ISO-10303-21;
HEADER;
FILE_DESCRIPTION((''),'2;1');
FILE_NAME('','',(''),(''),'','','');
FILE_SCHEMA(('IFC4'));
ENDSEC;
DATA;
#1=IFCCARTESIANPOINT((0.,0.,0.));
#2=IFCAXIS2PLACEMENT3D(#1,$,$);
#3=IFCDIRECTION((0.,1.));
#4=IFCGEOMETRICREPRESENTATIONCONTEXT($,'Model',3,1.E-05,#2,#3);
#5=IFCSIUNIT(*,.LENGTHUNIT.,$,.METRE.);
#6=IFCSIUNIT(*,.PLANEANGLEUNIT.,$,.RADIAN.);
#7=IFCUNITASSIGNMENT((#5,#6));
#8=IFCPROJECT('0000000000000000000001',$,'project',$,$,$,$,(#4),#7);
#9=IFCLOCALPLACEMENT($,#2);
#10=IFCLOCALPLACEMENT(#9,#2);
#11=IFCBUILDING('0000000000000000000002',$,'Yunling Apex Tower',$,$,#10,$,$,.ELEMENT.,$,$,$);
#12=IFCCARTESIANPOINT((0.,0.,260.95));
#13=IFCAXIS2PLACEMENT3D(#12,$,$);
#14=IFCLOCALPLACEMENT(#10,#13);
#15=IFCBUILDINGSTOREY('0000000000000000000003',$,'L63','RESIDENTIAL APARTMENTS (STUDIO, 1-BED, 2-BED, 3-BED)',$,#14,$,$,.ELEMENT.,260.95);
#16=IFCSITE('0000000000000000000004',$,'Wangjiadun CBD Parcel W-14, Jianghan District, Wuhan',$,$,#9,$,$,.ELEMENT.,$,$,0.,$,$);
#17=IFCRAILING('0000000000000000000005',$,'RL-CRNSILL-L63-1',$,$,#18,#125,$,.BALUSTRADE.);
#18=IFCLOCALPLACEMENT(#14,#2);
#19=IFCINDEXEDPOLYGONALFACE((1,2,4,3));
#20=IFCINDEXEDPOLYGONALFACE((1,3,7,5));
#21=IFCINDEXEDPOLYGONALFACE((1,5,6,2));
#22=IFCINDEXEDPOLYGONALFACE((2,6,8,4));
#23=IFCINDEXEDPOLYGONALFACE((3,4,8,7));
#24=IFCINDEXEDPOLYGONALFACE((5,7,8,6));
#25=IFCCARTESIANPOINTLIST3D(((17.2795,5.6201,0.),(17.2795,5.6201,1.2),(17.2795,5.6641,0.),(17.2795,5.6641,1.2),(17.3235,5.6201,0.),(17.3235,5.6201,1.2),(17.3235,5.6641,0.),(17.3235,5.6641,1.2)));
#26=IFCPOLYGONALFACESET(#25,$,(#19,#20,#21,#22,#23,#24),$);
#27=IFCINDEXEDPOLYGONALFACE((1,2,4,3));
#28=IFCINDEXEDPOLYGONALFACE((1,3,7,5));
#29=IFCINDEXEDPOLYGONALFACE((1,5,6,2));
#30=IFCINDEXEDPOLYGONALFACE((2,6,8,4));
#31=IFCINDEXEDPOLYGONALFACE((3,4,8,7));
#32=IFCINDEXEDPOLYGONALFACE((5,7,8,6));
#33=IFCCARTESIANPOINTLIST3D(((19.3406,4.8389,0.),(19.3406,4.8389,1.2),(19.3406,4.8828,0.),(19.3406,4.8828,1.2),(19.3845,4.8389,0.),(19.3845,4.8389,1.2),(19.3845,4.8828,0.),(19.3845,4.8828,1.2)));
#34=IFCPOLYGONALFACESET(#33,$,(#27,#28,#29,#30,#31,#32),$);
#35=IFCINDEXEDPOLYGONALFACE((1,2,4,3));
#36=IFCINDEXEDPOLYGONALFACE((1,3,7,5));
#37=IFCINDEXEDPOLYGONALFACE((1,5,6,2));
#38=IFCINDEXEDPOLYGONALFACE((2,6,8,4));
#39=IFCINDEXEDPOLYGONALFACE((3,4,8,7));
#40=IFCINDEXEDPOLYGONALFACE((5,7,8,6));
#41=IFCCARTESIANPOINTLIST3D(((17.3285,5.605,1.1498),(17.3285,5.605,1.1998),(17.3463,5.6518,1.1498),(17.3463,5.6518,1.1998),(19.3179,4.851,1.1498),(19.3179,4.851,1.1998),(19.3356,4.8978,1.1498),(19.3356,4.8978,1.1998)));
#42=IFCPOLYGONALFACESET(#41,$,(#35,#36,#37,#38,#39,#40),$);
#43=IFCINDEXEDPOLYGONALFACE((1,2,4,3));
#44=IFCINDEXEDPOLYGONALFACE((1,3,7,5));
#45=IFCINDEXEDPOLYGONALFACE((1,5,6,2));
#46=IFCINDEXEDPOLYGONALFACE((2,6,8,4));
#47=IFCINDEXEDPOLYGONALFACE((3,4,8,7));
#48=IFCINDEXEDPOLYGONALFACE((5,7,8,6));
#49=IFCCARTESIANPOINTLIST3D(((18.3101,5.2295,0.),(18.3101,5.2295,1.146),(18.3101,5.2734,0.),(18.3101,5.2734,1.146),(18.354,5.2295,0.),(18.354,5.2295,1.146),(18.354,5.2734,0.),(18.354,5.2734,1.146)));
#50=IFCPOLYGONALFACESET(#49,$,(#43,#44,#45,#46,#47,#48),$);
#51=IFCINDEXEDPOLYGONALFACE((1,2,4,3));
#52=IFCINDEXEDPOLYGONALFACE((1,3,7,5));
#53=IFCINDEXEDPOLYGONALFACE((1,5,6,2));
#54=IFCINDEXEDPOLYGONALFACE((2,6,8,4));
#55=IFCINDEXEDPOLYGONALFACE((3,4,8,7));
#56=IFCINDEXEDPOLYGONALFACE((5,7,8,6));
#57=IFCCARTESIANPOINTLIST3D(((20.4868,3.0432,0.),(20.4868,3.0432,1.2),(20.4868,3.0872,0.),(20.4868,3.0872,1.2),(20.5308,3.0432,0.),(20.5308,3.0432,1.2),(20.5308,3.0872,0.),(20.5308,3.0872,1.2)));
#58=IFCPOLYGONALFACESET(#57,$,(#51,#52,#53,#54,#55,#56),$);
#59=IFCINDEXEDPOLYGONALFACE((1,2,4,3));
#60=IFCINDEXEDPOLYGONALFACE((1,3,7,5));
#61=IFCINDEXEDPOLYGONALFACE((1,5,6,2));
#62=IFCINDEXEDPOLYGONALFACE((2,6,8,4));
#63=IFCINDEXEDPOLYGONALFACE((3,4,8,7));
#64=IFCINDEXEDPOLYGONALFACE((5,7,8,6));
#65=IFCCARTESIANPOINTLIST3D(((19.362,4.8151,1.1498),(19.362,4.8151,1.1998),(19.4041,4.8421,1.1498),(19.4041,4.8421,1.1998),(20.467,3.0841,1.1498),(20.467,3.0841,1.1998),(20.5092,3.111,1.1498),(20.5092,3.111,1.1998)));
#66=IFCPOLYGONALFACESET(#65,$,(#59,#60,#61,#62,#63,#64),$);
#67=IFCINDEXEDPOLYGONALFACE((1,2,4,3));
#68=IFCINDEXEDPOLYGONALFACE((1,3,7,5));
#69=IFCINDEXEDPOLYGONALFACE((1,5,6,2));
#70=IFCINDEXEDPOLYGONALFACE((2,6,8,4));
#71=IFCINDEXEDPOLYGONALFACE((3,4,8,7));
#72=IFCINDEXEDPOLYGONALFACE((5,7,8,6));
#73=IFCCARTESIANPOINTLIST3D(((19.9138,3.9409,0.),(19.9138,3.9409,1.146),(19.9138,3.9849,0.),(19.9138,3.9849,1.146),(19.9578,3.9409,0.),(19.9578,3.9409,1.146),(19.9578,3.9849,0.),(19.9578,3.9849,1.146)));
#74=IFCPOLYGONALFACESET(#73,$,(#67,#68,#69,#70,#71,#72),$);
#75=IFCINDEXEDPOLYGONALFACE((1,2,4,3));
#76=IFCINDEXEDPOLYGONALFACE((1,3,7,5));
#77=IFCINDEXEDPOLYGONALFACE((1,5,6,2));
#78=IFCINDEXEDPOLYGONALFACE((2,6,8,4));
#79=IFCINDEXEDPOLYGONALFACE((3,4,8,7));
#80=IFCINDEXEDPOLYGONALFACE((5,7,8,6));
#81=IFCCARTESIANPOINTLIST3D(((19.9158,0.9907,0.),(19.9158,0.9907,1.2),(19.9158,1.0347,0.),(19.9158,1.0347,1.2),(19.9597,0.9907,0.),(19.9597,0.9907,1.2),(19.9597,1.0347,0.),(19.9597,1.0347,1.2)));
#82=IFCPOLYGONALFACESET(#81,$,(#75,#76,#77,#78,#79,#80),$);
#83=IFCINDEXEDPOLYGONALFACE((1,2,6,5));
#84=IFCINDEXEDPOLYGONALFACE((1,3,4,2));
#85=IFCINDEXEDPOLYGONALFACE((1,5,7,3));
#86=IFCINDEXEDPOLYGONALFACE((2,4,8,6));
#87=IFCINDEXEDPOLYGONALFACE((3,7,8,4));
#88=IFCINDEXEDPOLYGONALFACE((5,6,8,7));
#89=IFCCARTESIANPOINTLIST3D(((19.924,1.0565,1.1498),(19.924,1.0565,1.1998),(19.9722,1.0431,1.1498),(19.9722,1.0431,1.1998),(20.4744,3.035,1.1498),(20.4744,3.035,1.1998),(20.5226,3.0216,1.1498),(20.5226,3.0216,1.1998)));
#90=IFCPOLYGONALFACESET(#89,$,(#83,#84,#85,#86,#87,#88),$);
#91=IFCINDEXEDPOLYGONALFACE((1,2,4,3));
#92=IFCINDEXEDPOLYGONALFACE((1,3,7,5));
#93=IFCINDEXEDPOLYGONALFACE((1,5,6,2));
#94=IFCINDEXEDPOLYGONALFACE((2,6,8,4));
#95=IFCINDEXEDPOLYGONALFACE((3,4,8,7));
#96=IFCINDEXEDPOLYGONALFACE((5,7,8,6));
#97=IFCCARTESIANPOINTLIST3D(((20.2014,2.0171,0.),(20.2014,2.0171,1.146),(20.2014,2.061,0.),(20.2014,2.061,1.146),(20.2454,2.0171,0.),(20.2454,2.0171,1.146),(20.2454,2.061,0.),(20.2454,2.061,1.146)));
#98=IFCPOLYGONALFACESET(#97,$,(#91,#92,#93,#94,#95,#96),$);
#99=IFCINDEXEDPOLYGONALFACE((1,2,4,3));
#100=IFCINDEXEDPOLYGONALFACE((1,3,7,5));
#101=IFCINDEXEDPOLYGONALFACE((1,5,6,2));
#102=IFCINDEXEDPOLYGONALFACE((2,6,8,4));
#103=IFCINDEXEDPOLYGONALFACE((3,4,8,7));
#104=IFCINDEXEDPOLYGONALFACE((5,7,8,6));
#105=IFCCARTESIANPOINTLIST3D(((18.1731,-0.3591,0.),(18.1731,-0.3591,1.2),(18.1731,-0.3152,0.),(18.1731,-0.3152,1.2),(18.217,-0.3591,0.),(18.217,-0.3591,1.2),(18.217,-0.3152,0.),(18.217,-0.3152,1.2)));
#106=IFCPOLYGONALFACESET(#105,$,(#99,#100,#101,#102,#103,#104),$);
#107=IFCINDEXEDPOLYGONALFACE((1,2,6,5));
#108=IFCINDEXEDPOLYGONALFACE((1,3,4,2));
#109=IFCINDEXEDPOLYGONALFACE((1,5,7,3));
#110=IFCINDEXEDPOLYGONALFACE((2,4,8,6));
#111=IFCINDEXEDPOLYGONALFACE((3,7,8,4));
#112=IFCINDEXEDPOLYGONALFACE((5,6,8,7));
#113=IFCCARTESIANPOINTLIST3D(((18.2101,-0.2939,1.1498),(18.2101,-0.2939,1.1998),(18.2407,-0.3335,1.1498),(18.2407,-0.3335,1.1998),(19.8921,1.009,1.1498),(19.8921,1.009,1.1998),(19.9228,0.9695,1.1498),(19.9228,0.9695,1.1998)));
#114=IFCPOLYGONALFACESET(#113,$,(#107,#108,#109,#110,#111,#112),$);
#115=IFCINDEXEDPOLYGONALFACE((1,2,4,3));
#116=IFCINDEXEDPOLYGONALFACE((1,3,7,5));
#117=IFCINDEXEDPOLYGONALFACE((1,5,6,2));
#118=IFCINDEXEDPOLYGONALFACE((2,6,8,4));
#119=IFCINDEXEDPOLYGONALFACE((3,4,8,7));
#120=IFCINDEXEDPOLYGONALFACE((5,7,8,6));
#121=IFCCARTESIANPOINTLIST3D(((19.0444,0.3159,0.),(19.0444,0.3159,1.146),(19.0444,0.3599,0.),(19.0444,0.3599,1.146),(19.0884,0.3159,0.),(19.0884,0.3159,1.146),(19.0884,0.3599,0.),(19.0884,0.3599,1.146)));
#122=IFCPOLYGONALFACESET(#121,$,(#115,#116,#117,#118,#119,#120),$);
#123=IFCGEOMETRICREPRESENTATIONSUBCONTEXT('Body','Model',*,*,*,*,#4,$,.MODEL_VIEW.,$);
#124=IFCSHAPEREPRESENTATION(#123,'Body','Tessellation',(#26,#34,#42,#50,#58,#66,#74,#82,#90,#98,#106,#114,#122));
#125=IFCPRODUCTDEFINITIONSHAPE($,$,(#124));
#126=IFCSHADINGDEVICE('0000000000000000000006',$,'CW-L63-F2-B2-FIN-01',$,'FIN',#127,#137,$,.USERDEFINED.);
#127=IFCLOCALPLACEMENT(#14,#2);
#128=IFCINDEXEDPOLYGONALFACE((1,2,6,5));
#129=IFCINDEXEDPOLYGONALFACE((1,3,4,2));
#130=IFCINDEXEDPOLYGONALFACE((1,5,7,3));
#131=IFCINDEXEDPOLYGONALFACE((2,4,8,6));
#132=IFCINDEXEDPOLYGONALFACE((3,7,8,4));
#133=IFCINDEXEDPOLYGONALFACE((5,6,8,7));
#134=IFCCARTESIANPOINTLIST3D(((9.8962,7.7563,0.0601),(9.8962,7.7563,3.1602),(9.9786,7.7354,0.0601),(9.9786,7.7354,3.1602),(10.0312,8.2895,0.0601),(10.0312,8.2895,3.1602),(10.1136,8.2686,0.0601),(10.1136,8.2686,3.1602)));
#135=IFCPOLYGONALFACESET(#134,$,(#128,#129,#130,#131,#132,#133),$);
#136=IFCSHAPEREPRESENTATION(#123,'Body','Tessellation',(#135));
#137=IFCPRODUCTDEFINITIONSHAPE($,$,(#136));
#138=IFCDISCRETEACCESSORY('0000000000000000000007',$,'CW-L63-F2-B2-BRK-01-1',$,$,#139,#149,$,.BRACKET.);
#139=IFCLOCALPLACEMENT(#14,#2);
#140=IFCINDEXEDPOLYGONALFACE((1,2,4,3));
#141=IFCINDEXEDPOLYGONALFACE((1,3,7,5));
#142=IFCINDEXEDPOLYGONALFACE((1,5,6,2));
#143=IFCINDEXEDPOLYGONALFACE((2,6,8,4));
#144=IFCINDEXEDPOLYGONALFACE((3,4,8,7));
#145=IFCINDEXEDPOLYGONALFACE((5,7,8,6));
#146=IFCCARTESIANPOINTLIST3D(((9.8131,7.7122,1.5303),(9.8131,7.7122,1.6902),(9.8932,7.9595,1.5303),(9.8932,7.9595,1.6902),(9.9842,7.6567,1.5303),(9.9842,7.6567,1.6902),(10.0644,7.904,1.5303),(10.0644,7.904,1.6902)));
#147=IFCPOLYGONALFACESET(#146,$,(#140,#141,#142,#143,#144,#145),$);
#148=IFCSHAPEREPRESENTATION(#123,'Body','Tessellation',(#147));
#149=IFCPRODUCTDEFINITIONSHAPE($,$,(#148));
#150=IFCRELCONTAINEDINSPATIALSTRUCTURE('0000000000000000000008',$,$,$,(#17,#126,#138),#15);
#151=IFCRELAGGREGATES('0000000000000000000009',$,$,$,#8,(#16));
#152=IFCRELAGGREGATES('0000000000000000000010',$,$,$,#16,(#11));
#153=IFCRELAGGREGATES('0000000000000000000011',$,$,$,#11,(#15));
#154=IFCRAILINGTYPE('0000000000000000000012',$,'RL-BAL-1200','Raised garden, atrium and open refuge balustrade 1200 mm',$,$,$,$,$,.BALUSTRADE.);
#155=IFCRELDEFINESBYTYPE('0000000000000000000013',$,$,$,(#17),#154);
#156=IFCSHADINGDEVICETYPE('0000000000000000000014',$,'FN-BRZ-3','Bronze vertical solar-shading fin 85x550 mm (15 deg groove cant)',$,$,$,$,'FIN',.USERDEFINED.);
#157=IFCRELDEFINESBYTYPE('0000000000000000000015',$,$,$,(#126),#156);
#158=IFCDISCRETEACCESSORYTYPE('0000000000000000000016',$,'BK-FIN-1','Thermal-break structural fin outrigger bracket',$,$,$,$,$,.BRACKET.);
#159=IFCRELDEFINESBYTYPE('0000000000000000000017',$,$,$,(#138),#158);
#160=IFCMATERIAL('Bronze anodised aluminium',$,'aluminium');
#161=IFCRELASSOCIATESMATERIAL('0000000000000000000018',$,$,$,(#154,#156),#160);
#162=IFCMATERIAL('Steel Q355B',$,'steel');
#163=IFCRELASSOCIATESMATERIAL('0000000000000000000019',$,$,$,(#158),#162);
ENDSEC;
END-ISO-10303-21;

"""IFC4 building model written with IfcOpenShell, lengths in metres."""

from ifc_helpers import new_model, si_unit, direction, frame, origin, origin_2d, place, context, subcontext, project, spatial, rectangle, extrude, source, transform, mapped, material, material_profile, profile_set, type_object, element, save


model = new_model("IFC4")

# Units and contexts
model_context = context("Model", 3, precision=1e-05, world=origin(), true_north=direction((0.0, 1.0)))
body_context = subcontext(model_context, "Body", "Model", "MODEL_VIEW")
ifc_project = project(units=[si_unit("LENGTHUNIT", "METRE"), si_unit("PLANEANGLEUNIT", "RADIAN")], contexts=[model_context])

# Site, building, storey
site_placement = place(None, origin())
site = spatial("IfcSite", under=ifc_project, at=site_placement, Name="Wangjiadun CBD Parcel W-14, Jianghan District, Wuhan", CompositionType="ELEMENT", RefElevation=0.0)
building_placement = place(site_placement, origin())
building = spatial("IfcBuilding", under=site, at=building_placement, Name="Yunling Apex Tower", CompositionType="ELEMENT")
storey_placement = place(building_placement, frame((0.0, 0.0, 260.95)))
storey = spatial("IfcBuildingStorey", under=building, at=storey_placement, Name="L63", Description="RESIDENTIAL APARTMENTS (STUDIO, 1-BED, 2-BED, 3-BED)", CompositionType="ELEMENT", Elevation=260.95)

# Shared definitions
ifc_material_1 = material(Name="Steel Q355B", Category="steel")

# Shared definitions
ifc_material_2 = material(Name="Bronze anodised aluminium", Category="aluminium")

# Railing
railing_type = type_object("IfcRailingType", Name="RL-BAL-1200", Description="Raised garden, atrium and open refuge balustrade 1200 mm", PredefinedType="BALUSTRADE", material=ifc_material_2)
railing_placement = place(storey_placement, frame((17.3015, 5.6421, 0.0)))
element("IfcRailing", 1, at=railing_placement, inside=storey, type_object=railing_type, Name="RL-CRNSILL-L63-1", PredefinedType="BALUSTRADE", context=body_context, shape_type="SweptSolid", body=[
    extrude(rectangle(XDim=0.0439, YDim=0.0439, at=origin_2d()), origin(), (0.0, 0.0, 1.0), 1.2),
    extrude(rectangle(XDim=0.0439, YDim=0.0439, at=origin_2d()), frame((2.061, -0.7812, 0.0)), (0.0, 0.0, 1.0), 1.2),
    extrude(rectangle(XDim=0.05, YDim=0.05, at=origin_2d()), frame((0.0359, -0.0137, 1.1748), z_axis=(0.935076, -0.354447, 0.0), x_axis=(0.354447, 0.935076, 0.0)), (0.0, 0.0, 1.0), 2.1274),
    extrude(rectangle(XDim=0.0439, YDim=0.0439, at=origin_2d()), frame((1.0305, -0.3906, 0.0)), (0.0, 0.0, 1.0), 1.146),
    extrude(rectangle(XDim=0.0439, YDim=0.0439, at=origin_2d()), frame((3.2073, -2.5769, 0.0)), (0.0, 0.0, 1.0), 1.2),
    extrude(rectangle(XDim=0.05, YDim=0.05, at=origin_2d()), frame((2.0815, -0.8135, 1.1748), z_axis=(0.538061, -0.842906, 0.0), x_axis=(0.842906, 0.538061, 0.0)), (0.0, 0.0, 1.0), 2.0537),
    extrude(rectangle(XDim=0.0439, YDim=0.0439, at=origin_2d()), frame((2.6343, -1.6792, 0.0)), (0.0, 0.0, 1.0), 1.146),
    extrude(rectangle(XDim=0.0439, YDim=0.0439, at=origin_2d()), frame((2.6362, -4.6294, 0.0)), (0.0, 0.0, 1.0), 1.2),
    extrude(rectangle(XDim=0.05, YDim=0.05, at=origin_2d()), frame((3.197, -2.6138, 1.1748), z_axis=(-0.26804, -0.963408, 0.0), x_axis=(0.963408, -0.26804, 0.0)), (0.0, 0.0, 1.0), 2.0537),
    extrude(rectangle(XDim=0.0439, YDim=0.0439, at=origin_2d()), frame((2.9219, -3.603, 0.0)), (0.0, 0.0, 1.0), 1.146),
    extrude(rectangle(XDim=0.0439, YDim=0.0439, at=origin_2d()), frame((0.8936, -5.9792, 0.0)), (0.0, 0.0, 1.0), 1.2),
    extrude(rectangle(XDim=0.05, YDim=0.05, at=origin_2d()), frame((2.606, -4.6528, 1.1748), z_axis=(-0.790573, -0.612368, 0.0), x_axis=(0.612368, -0.790573, 0.0)), (0.0, 0.0, 1.0), 2.1277),
    extrude(rectangle(XDim=0.0439, YDim=0.0439, at=origin_2d()), frame((1.7649, -5.3042, 0.0)), (0.0, 0.0, 1.0), 1.146),
])

# Shading device
ifc_material_profile_1 = material_profile(ifc_material_2, rectangle(XDim=0.085, YDim=0.55, at=origin_2d()))
ifc_profile_set_1 = profile_set([ifc_material_profile_1], Name="Bronze anodised aluminium")
shading_device_type = type_object("IfcShadingDeviceType", Name="FN-BRZ-3", Description="Bronze vertical solar-shading fin 85x550 mm (15 deg groove cant)", ElementType="FIN", PredefinedType="USERDEFINED", material=ifc_profile_set_1)
shared_shape_1 = source(origin(), body_context, "Body", "SweptSolid", [
    extrude(rectangle(XDim=0.085, YDim=0.55, at=origin_2d()), origin(), (0.0, 0.0, 1.0), 3.1001),
])
shading_device_placement = place(storey_placement, frame((10.0049, 8.0125, 0.0601), z_axis=(0.0, 0.0, 1.0), x_axis=(-0.969403, 0.245477, 0.0)))
element("IfcShadingDevice", 2, at=shading_device_placement, inside=storey, type_object=shading_device_type, Name="CW-L63-F2-B2-FIN-01", ObjectType="FIN", PredefinedType="USERDEFINED", context=body_context, shape_type="MappedRepresentation", body=[
    mapped(shared_shape_1, transform((0.0, 0.0, 0.0), scale=1.0)),
])

# Discrete accessory
discrete_accessory_type = type_object("IfcDiscreteAccessoryType", Name="BK-FIN-1", Description="Thermal-break structural fin outrigger bracket", PredefinedType="BRACKET", material=ifc_material_1)
shared_shape_2 = source(origin(), body_context, "Body", "SweptSolid", [
    extrude(rectangle(XDim=0.1799, YDim=0.26, at=origin_2d()), origin(), (0.0, 0.0, 1.0), 0.1599),
])
discrete_accessory_placement = place(storey_placement, frame((9.9387, 7.8081, 1.5303), z_axis=(0.0, 0.0, 1.0), x_axis=(-0.951272, 0.308353, 0.0)))
element("IfcDiscreteAccessory", 3, at=discrete_accessory_placement, inside=storey, type_object=discrete_accessory_type, Name="CW-L63-F2-B2-BRK-01-1", PredefinedType="BRACKET", context=body_context, shape_type="MappedRepresentation", body=[
    mapped(shared_shape_2, transform((0.0, 0.0, 0.0), scale=1.0)),
])

save(model, "model.ifc")
